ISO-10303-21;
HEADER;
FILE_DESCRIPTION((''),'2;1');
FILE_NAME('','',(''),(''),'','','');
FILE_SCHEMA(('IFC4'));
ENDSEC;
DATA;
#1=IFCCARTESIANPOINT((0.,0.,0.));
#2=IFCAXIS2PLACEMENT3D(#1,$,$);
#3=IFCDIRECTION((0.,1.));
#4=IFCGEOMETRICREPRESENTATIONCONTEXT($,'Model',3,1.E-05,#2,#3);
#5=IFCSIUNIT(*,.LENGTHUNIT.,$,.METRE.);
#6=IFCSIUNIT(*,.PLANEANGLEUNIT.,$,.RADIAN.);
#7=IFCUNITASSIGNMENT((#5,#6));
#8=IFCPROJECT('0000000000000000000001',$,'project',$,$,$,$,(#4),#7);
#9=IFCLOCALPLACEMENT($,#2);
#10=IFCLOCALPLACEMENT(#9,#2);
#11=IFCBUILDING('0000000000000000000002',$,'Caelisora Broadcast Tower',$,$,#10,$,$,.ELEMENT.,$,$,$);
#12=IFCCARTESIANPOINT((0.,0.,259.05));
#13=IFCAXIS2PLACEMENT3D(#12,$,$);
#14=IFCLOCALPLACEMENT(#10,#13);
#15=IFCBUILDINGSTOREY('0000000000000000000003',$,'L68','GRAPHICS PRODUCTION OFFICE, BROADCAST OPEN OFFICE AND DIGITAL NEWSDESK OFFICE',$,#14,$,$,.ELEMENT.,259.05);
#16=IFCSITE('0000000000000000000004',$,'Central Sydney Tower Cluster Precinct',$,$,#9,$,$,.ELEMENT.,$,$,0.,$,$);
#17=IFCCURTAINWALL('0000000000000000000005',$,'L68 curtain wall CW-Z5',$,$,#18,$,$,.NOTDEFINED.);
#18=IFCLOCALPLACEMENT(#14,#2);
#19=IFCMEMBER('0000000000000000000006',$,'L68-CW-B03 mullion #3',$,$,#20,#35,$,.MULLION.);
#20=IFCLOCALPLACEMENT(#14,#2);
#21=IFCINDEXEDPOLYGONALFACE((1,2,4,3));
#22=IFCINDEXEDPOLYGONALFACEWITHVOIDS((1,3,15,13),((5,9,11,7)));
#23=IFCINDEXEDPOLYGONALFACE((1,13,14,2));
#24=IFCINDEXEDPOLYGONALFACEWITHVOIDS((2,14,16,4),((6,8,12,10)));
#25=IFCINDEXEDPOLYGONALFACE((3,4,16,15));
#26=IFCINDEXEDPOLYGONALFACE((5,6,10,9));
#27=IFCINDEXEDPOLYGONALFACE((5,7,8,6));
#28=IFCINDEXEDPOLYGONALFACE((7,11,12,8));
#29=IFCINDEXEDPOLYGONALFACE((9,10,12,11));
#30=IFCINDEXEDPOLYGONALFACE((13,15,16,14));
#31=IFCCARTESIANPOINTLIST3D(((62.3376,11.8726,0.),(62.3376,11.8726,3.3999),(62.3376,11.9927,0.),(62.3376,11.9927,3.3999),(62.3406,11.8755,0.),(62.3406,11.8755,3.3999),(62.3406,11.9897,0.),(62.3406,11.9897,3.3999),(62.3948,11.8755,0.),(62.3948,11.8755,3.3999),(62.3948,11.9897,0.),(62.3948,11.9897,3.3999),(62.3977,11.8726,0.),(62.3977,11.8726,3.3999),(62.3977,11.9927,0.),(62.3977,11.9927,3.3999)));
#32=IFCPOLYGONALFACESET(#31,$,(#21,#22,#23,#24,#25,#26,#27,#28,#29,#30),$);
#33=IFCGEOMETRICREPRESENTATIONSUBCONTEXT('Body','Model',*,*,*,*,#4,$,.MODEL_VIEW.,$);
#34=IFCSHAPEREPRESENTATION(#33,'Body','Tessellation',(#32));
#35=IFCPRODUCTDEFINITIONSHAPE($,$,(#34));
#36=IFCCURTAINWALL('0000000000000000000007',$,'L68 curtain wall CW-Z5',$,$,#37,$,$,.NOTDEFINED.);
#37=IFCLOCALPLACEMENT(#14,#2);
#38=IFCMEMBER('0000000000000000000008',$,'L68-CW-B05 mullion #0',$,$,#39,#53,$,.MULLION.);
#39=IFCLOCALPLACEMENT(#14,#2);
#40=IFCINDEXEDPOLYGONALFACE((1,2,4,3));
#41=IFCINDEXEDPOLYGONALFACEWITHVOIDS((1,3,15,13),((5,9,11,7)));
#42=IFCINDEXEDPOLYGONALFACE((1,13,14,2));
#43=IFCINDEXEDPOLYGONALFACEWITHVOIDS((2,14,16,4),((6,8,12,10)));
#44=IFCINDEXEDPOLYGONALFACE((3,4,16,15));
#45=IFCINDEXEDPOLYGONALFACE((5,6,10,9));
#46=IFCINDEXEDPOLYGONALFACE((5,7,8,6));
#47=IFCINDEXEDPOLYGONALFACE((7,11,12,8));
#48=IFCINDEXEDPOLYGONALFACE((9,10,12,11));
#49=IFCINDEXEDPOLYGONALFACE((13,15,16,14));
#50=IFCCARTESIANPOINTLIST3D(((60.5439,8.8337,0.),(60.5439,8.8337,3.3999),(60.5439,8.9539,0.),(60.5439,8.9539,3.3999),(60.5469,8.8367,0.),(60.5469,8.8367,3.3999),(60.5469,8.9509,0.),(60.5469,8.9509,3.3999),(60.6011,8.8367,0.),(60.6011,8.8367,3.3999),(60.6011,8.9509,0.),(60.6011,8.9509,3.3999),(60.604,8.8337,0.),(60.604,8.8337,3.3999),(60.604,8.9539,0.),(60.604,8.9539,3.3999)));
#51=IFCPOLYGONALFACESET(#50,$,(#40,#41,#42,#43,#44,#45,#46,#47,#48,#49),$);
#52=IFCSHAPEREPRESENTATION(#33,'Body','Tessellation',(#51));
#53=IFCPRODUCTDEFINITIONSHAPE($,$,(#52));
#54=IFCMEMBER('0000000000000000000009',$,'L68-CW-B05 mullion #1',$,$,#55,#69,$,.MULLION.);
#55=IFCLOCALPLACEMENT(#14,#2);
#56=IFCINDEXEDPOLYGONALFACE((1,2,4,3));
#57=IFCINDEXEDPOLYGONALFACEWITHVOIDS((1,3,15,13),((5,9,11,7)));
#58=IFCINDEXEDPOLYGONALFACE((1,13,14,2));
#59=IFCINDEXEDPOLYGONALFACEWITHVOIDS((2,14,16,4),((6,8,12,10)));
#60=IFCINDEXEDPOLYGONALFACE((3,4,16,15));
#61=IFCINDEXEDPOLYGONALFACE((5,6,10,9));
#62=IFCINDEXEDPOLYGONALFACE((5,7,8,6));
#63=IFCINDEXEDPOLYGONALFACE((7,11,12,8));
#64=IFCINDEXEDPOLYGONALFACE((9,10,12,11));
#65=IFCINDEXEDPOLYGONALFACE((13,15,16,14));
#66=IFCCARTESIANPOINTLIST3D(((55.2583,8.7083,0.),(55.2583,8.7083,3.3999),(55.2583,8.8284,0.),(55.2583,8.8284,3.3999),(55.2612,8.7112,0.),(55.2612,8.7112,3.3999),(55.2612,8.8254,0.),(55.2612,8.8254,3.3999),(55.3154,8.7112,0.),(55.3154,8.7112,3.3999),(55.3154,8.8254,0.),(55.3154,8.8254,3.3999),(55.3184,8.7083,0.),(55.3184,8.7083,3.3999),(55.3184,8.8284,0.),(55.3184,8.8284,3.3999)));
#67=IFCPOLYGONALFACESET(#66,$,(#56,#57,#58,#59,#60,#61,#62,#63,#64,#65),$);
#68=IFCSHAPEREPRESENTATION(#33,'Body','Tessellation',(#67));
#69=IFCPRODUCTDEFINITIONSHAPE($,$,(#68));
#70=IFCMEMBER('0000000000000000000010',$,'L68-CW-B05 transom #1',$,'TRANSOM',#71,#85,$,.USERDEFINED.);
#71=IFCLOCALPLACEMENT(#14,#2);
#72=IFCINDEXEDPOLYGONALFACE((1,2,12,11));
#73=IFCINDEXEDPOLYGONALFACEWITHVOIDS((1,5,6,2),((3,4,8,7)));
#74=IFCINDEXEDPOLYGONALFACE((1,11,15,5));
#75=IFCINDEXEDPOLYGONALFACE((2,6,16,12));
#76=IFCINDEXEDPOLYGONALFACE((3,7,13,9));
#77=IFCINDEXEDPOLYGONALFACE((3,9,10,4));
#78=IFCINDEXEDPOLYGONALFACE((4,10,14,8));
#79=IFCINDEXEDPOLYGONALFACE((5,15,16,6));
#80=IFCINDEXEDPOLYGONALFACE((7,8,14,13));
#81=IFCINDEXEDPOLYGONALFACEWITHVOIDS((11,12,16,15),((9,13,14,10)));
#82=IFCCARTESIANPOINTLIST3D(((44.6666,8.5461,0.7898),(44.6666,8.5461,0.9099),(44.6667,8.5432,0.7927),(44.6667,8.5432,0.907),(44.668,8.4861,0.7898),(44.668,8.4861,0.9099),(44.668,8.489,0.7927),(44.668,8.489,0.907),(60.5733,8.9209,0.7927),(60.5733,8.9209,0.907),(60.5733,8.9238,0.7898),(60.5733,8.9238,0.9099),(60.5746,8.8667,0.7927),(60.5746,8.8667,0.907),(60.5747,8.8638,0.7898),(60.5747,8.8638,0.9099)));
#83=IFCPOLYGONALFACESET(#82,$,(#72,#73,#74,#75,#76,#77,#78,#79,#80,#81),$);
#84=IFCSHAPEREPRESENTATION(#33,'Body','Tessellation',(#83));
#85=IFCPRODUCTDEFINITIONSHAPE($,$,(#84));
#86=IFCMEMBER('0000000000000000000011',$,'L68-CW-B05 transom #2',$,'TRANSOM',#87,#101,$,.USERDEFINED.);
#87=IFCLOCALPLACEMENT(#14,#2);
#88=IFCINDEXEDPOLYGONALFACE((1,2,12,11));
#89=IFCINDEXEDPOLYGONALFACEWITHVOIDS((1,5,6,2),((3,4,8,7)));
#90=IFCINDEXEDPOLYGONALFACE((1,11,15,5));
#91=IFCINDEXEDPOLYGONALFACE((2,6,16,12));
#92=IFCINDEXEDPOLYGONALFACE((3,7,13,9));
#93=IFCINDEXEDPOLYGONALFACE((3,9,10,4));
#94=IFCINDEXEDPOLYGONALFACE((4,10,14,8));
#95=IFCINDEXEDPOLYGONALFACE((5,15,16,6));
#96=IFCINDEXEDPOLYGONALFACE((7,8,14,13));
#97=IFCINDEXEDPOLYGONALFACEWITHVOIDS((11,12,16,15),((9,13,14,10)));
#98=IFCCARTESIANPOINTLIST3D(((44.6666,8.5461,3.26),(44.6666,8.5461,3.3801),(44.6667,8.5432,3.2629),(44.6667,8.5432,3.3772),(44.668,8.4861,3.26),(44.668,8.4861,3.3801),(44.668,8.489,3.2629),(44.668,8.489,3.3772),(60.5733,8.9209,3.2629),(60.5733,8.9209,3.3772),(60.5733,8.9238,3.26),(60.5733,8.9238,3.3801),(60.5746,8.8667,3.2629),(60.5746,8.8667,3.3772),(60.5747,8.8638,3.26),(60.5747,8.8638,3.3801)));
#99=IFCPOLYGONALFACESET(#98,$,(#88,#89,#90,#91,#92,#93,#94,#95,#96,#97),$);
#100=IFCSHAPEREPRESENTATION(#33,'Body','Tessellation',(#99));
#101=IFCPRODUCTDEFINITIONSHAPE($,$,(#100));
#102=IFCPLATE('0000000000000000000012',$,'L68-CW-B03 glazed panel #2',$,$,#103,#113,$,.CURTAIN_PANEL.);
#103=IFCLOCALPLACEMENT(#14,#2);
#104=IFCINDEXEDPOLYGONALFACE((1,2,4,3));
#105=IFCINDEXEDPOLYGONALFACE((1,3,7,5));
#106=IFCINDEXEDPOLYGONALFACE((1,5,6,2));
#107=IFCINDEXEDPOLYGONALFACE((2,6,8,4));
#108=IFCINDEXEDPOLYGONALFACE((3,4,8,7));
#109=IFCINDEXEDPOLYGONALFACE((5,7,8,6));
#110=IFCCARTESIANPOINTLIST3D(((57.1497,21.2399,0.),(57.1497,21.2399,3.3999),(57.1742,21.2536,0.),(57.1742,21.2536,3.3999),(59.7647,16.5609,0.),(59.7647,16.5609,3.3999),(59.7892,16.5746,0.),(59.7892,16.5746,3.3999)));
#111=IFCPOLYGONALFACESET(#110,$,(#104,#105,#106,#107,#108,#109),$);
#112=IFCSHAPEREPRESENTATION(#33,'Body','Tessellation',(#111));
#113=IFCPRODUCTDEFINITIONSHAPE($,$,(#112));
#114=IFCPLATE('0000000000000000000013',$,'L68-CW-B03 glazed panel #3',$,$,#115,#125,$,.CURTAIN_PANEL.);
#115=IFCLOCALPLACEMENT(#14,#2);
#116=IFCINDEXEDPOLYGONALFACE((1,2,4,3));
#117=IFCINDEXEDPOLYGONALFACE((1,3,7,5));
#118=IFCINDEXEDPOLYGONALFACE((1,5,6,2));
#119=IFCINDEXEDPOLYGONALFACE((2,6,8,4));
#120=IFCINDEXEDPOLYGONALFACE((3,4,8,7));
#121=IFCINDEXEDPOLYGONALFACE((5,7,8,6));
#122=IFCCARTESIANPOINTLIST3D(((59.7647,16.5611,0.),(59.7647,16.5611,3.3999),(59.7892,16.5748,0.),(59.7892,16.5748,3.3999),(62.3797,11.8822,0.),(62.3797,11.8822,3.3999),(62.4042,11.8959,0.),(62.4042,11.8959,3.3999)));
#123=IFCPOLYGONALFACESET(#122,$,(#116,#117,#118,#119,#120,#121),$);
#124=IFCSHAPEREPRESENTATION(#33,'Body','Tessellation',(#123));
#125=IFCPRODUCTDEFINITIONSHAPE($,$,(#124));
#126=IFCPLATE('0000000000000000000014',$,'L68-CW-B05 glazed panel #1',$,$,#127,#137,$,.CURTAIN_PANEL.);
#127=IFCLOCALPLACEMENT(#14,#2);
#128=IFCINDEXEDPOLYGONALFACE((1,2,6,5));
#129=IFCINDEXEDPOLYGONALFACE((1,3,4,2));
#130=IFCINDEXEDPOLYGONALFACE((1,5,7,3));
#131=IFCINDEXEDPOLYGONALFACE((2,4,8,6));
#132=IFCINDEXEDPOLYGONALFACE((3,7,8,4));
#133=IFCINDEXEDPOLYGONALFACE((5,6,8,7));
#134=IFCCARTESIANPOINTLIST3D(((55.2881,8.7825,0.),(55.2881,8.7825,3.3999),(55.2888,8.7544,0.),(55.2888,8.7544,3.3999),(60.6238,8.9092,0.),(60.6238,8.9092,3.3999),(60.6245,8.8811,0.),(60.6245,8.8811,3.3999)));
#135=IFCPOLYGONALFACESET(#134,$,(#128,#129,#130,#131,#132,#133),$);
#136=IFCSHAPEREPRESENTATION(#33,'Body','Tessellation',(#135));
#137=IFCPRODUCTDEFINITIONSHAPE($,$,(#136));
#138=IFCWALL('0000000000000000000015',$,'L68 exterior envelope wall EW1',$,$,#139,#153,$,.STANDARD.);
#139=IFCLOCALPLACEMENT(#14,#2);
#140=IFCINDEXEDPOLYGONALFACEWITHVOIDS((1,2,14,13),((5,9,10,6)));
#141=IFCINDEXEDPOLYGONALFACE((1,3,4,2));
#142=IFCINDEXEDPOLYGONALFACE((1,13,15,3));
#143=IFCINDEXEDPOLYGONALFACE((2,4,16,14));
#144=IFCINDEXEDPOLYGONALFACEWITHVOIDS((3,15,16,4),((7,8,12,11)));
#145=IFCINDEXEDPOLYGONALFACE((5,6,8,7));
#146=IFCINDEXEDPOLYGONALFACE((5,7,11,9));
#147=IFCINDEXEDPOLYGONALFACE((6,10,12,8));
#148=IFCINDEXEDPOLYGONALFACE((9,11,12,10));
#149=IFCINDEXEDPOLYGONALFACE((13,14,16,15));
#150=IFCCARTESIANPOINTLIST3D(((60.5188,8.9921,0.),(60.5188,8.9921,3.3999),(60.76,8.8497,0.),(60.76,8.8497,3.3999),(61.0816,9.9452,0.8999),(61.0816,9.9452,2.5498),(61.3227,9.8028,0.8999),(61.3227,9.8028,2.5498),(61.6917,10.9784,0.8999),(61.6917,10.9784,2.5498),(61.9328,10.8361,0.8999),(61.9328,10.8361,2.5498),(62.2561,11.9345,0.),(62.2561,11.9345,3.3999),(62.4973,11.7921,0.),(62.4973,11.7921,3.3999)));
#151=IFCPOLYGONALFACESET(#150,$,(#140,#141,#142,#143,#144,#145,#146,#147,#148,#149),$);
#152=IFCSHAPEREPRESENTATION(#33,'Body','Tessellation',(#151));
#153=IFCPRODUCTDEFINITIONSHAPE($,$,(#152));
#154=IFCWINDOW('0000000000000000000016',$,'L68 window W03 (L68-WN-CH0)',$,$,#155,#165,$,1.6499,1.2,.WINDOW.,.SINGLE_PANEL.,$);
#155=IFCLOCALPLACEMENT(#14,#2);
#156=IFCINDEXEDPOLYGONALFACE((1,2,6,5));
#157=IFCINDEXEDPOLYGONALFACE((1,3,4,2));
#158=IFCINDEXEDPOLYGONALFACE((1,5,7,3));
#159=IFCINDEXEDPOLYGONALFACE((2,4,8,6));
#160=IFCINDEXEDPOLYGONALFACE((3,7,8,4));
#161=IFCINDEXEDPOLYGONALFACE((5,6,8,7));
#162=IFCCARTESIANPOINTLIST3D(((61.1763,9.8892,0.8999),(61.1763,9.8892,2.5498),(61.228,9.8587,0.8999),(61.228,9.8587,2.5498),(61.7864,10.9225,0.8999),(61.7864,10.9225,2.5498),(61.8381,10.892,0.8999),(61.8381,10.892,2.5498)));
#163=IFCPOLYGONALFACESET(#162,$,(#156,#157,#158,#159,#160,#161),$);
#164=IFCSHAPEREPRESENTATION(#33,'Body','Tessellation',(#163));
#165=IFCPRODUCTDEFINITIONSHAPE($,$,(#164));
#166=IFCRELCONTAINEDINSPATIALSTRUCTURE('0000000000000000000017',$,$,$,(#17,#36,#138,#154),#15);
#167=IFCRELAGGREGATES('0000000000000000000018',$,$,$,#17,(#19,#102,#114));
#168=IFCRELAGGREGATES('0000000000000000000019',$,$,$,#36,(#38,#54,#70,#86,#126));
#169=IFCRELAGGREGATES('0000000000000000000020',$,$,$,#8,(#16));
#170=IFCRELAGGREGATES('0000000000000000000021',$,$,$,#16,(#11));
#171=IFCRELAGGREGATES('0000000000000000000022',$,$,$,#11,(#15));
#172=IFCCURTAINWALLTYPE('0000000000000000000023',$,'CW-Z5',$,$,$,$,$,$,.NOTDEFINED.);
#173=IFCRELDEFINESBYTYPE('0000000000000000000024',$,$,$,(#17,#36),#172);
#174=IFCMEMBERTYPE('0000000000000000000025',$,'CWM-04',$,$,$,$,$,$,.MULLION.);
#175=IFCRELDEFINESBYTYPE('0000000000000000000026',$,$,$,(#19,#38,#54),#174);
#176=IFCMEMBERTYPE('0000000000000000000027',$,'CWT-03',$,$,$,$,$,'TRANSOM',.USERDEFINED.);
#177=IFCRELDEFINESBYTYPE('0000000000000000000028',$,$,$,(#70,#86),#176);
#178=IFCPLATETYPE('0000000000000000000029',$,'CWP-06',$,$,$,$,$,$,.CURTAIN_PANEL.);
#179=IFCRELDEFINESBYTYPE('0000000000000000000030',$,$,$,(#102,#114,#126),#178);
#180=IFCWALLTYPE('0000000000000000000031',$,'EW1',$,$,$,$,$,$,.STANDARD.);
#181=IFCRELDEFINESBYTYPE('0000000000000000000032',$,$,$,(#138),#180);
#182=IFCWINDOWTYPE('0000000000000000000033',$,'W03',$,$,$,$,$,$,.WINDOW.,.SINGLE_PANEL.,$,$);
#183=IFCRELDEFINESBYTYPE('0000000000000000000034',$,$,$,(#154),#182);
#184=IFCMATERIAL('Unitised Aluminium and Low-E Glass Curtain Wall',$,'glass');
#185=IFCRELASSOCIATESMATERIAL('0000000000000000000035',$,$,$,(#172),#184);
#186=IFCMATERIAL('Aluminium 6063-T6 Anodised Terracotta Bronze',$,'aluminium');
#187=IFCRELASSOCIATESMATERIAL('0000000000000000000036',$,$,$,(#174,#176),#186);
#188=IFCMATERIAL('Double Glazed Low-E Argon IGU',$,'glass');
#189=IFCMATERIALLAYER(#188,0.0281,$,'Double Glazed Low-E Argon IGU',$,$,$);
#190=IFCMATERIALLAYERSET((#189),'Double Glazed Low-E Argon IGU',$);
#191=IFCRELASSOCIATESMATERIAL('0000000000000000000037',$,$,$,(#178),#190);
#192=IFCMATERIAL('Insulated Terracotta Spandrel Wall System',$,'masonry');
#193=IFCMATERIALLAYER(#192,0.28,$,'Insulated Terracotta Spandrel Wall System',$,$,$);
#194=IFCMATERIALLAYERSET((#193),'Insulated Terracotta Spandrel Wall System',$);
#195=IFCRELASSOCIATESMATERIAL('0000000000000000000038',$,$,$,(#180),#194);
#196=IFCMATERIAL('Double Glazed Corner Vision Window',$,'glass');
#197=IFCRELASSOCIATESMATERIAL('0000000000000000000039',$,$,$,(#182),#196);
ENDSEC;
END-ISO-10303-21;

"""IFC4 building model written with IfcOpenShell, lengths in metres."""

from ifc_helpers import new_model, si_unit, direction, frame, frame_2d, origin, origin_2d, place, context, subcontext, project, spatial, rectangle, hollow_rectangle, extrude, source, transform, mapped, material, layer, layer_set, material_profile, profile_set, type_object, type_shapes, element, fill, aggregate, save


model = new_model("IFC4")

# Units and contexts
model_context = context("Model", 3, precision=1e-05, world=origin(), true_north=direction((0.0, 1.0)))
body_context = subcontext(model_context, "Body", "Model", "MODEL_VIEW")
ifc_project = project(units=[si_unit("LENGTHUNIT", "METRE"), si_unit("PLANEANGLEUNIT", "RADIAN")], contexts=[model_context])

# Site, building, storey
site_placement = place(None, origin())
site = spatial("IfcSite", under=ifc_project, at=site_placement, Name="Central Sydney Tower Cluster Precinct", CompositionType="ELEMENT", RefElevation=0.0)
building_placement = place(site_placement, origin())
building = spatial("IfcBuilding", under=site, at=building_placement, Name="Caelisora Broadcast Tower", CompositionType="ELEMENT")
storey_placement = place(building_placement, frame((0.0, 0.0, 259.05)))
storey = spatial("IfcBuildingStorey", under=building, at=storey_placement, Name="L68", Description="GRAPHICS PRODUCTION OFFICE, BROADCAST OPEN OFFICE AND DIGITAL NEWSDESK OFFICE", CompositionType="ELEMENT", Elevation=259.05)

# Curtain walls, members
ifc_material_1 = material(Name="Unitised Aluminium and Low-E Glass Curtain Wall", Category="glass")
curtain_wall_type = type_object("IfcCurtainWallType", Name="CW-Z5", PredefinedType="NOTDEFINED", material=ifc_material_1)
curtain_wall_1_placement = place(storey_placement, origin())
curtain_wall_1 = element("IfcCurtainWall", 1, at=curtain_wall_1_placement, inside=storey, type_object=curtain_wall_type, Name="L68 curtain wall CW-Z5", PredefinedType="NOTDEFINED")
ifc_material_2 = material(Name="Aluminium 6063-T6 Anodised Terracotta Bronze", Category="aluminium")
ifc_material_profile_1 = material_profile(ifc_material_2, hollow_rectangle(XDim=0.0601, YDim=0.1201, WallThickness=0.0029, at=origin_2d()), Name="Aluminium 6063-T6 Anodised Terracotta Bronze")
ifc_profile_set_1 = profile_set([ifc_material_profile_1], Name="Aluminium 6063-T6 Anodised Terracotta Bronze")
member_type_1 = type_object("IfcMemberType", Name="CWM-04", PredefinedType="MULLION", material=ifc_profile_set_1)
shared_shape_1 = source(origin(), body_context, "Body", "SweptSolid", [
    extrude(hollow_rectangle(XDim=0.0601, YDim=0.1201, WallThickness=0.0029, at=origin_2d()), origin(), (0.0, 0.0, 1.0), 3.3999),
])
type_shapes(member_type_1, [shared_shape_1])
member_1_placement = place(storey_placement, frame((62.3677, 11.9326, 0.0), z_axis=(0.0, 0.0, 1.0), x_axis=(1.0, 0.0, 0.0)))
member_1 = element("IfcMember", 2, at=member_1_placement, type_object=member_type_1, Name="L68-CW-B03 mullion #3", PredefinedType="MULLION", context=body_context, shape_type="MappedRepresentation", body=[
    mapped(shared_shape_1, transform((0.0, 0.0, 0.0), scale=1.0)),
])
curtain_wall_2_placement = place(storey_placement, origin())
curtain_wall_2 = element("IfcCurtainWall", 3, at=curtain_wall_2_placement, inside=storey, type_object=curtain_wall_type, Name="L68 curtain wall CW-Z5", PredefinedType="NOTDEFINED")
member_2_placement = place(storey_placement, frame((60.574, 8.8938, 0.0), z_axis=(0.0, 0.0, 1.0), x_axis=(1.0, 0.0, 0.0)))
member_2 = element("IfcMember", 4, at=member_2_placement, type_object=member_type_1, Name="L68-CW-B05 mullion #0", PredefinedType="MULLION", context=body_context, shape_type="MappedRepresentation", body=[
    mapped(shared_shape_1, transform((0.0, 0.0, 0.0), scale=1.0)),
])
member_3_placement = place(storey_placement, frame((55.2883, 8.7683, 0.0), z_axis=(0.0, 0.0, 1.0), x_axis=(1.0, 0.0, 0.0)))
member_3 = element("IfcMember", 5, at=member_3_placement, type_object=member_type_1, Name="L68-CW-B05 mullion #1", PredefinedType="MULLION", context=body_context, shape_type="MappedRepresentation", body=[
    mapped(shared_shape_1, transform((0.0, 0.0, 0.0), scale=1.0)),
])
ifc_material_profile_2 = material_profile(ifc_material_2, hollow_rectangle(XDim=0.0601, YDim=0.1201, WallThickness=0.0029, at=origin_2d()), Name="Aluminium 6063-T6 Anodised Terracotta Bronze")
ifc_profile_set_2 = profile_set([ifc_material_profile_2], Name="Aluminium 6063-T6 Anodised Terracotta Bronze")
member_type_2 = type_object("IfcMemberType", Name="CWT-03", ElementType="TRANSOM", PredefinedType="USERDEFINED", material=ifc_profile_set_2)
shared_shape_2 = source(origin(), body_context, "Body", "SweptSolid", [
    extrude(hollow_rectangle(XDim=0.0601, YDim=0.1201, WallThickness=0.0029, at=origin_2d()), origin(), (0.0, 0.0, 1.0), 15.9111),
])
type_shapes(member_type_2, [shared_shape_2])
member_4_placement = place(storey_placement, frame((60.574, 8.8938, 0.8499), z_axis=(-0.999718, -0.023737, 0.0), x_axis=(0.023737, -0.999718, 0.0)))
member_4 = element("IfcMember", 6, at=member_4_placement, type_object=member_type_2, Name="L68-CW-B05 transom #1", ObjectType="TRANSOM", PredefinedType="USERDEFINED", context=body_context, shape_type="MappedRepresentation", body=[
    mapped(shared_shape_2, transform((0.0, 0.0, 0.0), scale=1.0)),
])
member_5_placement = place(storey_placement, frame((60.574, 8.8938, 3.3201), z_axis=(-0.999718, -0.023737, 0.0), x_axis=(0.023737, -0.999718, 0.0)))
member_5 = element("IfcMember", 7, at=member_5_placement, type_object=member_type_2, Name="L68-CW-B05 transom #2", ObjectType="TRANSOM", PredefinedType="USERDEFINED", context=body_context, shape_type="MappedRepresentation", body=[
    mapped(shared_shape_2, transform((0.0, 0.0, 0.0), scale=1.0)),
])

# Plates
ifc_material_3 = material(Name="Double Glazed Low-E Argon IGU", Category="glass")
ifc_layer_1 = layer(ifc_material_3, 0.0281, Name="Double Glazed Low-E Argon IGU")
ifc_layer_set_1 = layer_set([ifc_layer_1], Name="Double Glazed Low-E Argon IGU")
plate_type = type_object("IfcPlateType", Name="CWP-06", PredefinedType="CURTAIN_PANEL", material=ifc_layer_set_1)
shared_shape_3 = source(origin(), body_context, "Body", "SweptSolid", [
    extrude(rectangle(XDim=5.3601, YDim=0.0281, at=origin_2d()), origin(), (0.0, 0.0, 1.0), 3.3999),
])
plate_1_placement = place(storey_placement, frame((58.4695, 18.9072, 0.0), z_axis=(0.0, 0.0, 1.0), x_axis=(0.48786, -0.872922, 0.0)))
plate_1 = element("IfcPlate", 8, at=plate_1_placement, type_object=plate_type, Name="L68-CW-B03 glazed panel #2", PredefinedType="CURTAIN_PANEL", context=body_context, shape_type="MappedRepresentation", body=[
    mapped(shared_shape_3, transform((0.0, 0.0, 0.0), scale=1.0)),
])
plate_2_placement = place(storey_placement, frame((61.0845, 14.2285, 0.0), z_axis=(0.0, 0.0, 1.0), x_axis=(0.48786, -0.872922, 0.0)))
plate_2 = element("IfcPlate", 9, at=plate_2_placement, type_object=plate_type, Name="L68-CW-B03 glazed panel #3", PredefinedType="CURTAIN_PANEL", context=body_context, shape_type="MappedRepresentation", body=[
    mapped(shared_shape_3, transform((0.0, 0.0, 0.0), scale=1.0)),
])
aggregate(curtain_wall_1, [member_1, plate_1, plate_2])
shared_shape_4 = source(origin(), body_context, "Body", "SweptSolid", [
    extrude(rectangle(XDim=5.3372, YDim=0.0281, at=origin_2d()), origin(), (0.0, 0.0, 1.0), 3.3999),
])
type_shapes(plate_type, [shared_shape_3, shared_shape_4])
plate_3_placement = place(storey_placement, frame((57.9563, 8.8318, 0.0), z_axis=(0.0, 0.0, 1.0), x_axis=(-0.999718, -0.023734, 0.0)))
plate_3 = element("IfcPlate", 10, at=plate_3_placement, type_object=plate_type, Name="L68-CW-B05 glazed panel #1", PredefinedType="CURTAIN_PANEL", context=body_context, shape_type="MappedRepresentation", body=[
    mapped(shared_shape_4, transform((0.0, 0.0, 0.0), scale=1.0)),
])
aggregate(curtain_wall_2, [member_2, member_3, member_4, member_5, plate_3])

# Wall, opening, window
ifc_material_4 = material(Name="Insulated Terracotta Spandrel Wall System", Category="masonry")
ifc_layer_2 = layer(ifc_material_4, 0.28, Name="Insulated Terracotta Spandrel Wall System")
ifc_layer_set_2 = layer_set([ifc_layer_2], Name="Insulated Terracotta Spandrel Wall System")
wall_type_1 = type_object("IfcWallType", Name="EW1", PredefinedType="STANDARD", material=ifc_layer_set_2)
wall_1_placement = place(storey_placement, frame((62.3767, 11.8633, 0.0), z_axis=(0.0, 0.0, 1.0), x_axis=(-0.508431, -0.861103, 0.0)))
wall_1 = element("IfcWall", 11, at=wall_1_placement, inside=storey, type_object=wall_type_1, Name="L68 exterior envelope wall EW1", PredefinedType="STANDARD", context=body_context, shape_type="SweptSolid", body=[
    extrude(rectangle(XDim=3.417, YDim=0.28, at=frame_2d((1.7085, 0.0))), origin(), (0.0, 0.0, 1.0), 3.3999),
])
opening_1_placement = place(wall_1_placement, frame((1.1101, 0.0, 0.8999)))
opening_1 = element("IfcOpeningElement", 12, at=opening_1_placement, cuts=wall_1, PredefinedType="OPENING", context=body_context, shape_type="SweptSolid", body=[
    extrude(rectangle(XDim=1.2, YDim=1.6499, at=frame_2d((0.6001, 0.825))), frame((0.0, 0.1521, 0.0), z_axis=(0.0, -1.0, 0.0), x_axis=(1.0, 0.0, 0.0)), (0.0, 0.0, 1.0), 0.304),
])
ifc_material_5 = material(Name="Double Glazed Corner Vision Window", Category="glass")
window_type = type_object("IfcWindowType", Name="W03", PartitioningType="SINGLE_PANEL", PredefinedType="WINDOW", material=ifc_material_5)
window_placement = place(opening_1_placement, origin())
window = element("IfcWindow", 13, at=window_placement, inside=storey, type_object=window_type, Name="L68 window W03 (L68-WN-CH0)", OverallHeight=1.6499, OverallWidth=1.2, PartitioningType="SINGLE_PANEL", PredefinedType="WINDOW", context=body_context, shape_type="SweptSolid", body=[
    extrude(rectangle(XDim=1.2, YDim=1.6499, at=frame_2d((0.6001, 0.825))), frame((0.0, 0.03, 0.0), z_axis=(0.0, -1.0, 0.0), x_axis=(1.0, 0.0, 0.0)), (0.0, 0.0, 1.0), 0.0601),
])
fill(opening_1, window)

save(model, "model.ifc")
